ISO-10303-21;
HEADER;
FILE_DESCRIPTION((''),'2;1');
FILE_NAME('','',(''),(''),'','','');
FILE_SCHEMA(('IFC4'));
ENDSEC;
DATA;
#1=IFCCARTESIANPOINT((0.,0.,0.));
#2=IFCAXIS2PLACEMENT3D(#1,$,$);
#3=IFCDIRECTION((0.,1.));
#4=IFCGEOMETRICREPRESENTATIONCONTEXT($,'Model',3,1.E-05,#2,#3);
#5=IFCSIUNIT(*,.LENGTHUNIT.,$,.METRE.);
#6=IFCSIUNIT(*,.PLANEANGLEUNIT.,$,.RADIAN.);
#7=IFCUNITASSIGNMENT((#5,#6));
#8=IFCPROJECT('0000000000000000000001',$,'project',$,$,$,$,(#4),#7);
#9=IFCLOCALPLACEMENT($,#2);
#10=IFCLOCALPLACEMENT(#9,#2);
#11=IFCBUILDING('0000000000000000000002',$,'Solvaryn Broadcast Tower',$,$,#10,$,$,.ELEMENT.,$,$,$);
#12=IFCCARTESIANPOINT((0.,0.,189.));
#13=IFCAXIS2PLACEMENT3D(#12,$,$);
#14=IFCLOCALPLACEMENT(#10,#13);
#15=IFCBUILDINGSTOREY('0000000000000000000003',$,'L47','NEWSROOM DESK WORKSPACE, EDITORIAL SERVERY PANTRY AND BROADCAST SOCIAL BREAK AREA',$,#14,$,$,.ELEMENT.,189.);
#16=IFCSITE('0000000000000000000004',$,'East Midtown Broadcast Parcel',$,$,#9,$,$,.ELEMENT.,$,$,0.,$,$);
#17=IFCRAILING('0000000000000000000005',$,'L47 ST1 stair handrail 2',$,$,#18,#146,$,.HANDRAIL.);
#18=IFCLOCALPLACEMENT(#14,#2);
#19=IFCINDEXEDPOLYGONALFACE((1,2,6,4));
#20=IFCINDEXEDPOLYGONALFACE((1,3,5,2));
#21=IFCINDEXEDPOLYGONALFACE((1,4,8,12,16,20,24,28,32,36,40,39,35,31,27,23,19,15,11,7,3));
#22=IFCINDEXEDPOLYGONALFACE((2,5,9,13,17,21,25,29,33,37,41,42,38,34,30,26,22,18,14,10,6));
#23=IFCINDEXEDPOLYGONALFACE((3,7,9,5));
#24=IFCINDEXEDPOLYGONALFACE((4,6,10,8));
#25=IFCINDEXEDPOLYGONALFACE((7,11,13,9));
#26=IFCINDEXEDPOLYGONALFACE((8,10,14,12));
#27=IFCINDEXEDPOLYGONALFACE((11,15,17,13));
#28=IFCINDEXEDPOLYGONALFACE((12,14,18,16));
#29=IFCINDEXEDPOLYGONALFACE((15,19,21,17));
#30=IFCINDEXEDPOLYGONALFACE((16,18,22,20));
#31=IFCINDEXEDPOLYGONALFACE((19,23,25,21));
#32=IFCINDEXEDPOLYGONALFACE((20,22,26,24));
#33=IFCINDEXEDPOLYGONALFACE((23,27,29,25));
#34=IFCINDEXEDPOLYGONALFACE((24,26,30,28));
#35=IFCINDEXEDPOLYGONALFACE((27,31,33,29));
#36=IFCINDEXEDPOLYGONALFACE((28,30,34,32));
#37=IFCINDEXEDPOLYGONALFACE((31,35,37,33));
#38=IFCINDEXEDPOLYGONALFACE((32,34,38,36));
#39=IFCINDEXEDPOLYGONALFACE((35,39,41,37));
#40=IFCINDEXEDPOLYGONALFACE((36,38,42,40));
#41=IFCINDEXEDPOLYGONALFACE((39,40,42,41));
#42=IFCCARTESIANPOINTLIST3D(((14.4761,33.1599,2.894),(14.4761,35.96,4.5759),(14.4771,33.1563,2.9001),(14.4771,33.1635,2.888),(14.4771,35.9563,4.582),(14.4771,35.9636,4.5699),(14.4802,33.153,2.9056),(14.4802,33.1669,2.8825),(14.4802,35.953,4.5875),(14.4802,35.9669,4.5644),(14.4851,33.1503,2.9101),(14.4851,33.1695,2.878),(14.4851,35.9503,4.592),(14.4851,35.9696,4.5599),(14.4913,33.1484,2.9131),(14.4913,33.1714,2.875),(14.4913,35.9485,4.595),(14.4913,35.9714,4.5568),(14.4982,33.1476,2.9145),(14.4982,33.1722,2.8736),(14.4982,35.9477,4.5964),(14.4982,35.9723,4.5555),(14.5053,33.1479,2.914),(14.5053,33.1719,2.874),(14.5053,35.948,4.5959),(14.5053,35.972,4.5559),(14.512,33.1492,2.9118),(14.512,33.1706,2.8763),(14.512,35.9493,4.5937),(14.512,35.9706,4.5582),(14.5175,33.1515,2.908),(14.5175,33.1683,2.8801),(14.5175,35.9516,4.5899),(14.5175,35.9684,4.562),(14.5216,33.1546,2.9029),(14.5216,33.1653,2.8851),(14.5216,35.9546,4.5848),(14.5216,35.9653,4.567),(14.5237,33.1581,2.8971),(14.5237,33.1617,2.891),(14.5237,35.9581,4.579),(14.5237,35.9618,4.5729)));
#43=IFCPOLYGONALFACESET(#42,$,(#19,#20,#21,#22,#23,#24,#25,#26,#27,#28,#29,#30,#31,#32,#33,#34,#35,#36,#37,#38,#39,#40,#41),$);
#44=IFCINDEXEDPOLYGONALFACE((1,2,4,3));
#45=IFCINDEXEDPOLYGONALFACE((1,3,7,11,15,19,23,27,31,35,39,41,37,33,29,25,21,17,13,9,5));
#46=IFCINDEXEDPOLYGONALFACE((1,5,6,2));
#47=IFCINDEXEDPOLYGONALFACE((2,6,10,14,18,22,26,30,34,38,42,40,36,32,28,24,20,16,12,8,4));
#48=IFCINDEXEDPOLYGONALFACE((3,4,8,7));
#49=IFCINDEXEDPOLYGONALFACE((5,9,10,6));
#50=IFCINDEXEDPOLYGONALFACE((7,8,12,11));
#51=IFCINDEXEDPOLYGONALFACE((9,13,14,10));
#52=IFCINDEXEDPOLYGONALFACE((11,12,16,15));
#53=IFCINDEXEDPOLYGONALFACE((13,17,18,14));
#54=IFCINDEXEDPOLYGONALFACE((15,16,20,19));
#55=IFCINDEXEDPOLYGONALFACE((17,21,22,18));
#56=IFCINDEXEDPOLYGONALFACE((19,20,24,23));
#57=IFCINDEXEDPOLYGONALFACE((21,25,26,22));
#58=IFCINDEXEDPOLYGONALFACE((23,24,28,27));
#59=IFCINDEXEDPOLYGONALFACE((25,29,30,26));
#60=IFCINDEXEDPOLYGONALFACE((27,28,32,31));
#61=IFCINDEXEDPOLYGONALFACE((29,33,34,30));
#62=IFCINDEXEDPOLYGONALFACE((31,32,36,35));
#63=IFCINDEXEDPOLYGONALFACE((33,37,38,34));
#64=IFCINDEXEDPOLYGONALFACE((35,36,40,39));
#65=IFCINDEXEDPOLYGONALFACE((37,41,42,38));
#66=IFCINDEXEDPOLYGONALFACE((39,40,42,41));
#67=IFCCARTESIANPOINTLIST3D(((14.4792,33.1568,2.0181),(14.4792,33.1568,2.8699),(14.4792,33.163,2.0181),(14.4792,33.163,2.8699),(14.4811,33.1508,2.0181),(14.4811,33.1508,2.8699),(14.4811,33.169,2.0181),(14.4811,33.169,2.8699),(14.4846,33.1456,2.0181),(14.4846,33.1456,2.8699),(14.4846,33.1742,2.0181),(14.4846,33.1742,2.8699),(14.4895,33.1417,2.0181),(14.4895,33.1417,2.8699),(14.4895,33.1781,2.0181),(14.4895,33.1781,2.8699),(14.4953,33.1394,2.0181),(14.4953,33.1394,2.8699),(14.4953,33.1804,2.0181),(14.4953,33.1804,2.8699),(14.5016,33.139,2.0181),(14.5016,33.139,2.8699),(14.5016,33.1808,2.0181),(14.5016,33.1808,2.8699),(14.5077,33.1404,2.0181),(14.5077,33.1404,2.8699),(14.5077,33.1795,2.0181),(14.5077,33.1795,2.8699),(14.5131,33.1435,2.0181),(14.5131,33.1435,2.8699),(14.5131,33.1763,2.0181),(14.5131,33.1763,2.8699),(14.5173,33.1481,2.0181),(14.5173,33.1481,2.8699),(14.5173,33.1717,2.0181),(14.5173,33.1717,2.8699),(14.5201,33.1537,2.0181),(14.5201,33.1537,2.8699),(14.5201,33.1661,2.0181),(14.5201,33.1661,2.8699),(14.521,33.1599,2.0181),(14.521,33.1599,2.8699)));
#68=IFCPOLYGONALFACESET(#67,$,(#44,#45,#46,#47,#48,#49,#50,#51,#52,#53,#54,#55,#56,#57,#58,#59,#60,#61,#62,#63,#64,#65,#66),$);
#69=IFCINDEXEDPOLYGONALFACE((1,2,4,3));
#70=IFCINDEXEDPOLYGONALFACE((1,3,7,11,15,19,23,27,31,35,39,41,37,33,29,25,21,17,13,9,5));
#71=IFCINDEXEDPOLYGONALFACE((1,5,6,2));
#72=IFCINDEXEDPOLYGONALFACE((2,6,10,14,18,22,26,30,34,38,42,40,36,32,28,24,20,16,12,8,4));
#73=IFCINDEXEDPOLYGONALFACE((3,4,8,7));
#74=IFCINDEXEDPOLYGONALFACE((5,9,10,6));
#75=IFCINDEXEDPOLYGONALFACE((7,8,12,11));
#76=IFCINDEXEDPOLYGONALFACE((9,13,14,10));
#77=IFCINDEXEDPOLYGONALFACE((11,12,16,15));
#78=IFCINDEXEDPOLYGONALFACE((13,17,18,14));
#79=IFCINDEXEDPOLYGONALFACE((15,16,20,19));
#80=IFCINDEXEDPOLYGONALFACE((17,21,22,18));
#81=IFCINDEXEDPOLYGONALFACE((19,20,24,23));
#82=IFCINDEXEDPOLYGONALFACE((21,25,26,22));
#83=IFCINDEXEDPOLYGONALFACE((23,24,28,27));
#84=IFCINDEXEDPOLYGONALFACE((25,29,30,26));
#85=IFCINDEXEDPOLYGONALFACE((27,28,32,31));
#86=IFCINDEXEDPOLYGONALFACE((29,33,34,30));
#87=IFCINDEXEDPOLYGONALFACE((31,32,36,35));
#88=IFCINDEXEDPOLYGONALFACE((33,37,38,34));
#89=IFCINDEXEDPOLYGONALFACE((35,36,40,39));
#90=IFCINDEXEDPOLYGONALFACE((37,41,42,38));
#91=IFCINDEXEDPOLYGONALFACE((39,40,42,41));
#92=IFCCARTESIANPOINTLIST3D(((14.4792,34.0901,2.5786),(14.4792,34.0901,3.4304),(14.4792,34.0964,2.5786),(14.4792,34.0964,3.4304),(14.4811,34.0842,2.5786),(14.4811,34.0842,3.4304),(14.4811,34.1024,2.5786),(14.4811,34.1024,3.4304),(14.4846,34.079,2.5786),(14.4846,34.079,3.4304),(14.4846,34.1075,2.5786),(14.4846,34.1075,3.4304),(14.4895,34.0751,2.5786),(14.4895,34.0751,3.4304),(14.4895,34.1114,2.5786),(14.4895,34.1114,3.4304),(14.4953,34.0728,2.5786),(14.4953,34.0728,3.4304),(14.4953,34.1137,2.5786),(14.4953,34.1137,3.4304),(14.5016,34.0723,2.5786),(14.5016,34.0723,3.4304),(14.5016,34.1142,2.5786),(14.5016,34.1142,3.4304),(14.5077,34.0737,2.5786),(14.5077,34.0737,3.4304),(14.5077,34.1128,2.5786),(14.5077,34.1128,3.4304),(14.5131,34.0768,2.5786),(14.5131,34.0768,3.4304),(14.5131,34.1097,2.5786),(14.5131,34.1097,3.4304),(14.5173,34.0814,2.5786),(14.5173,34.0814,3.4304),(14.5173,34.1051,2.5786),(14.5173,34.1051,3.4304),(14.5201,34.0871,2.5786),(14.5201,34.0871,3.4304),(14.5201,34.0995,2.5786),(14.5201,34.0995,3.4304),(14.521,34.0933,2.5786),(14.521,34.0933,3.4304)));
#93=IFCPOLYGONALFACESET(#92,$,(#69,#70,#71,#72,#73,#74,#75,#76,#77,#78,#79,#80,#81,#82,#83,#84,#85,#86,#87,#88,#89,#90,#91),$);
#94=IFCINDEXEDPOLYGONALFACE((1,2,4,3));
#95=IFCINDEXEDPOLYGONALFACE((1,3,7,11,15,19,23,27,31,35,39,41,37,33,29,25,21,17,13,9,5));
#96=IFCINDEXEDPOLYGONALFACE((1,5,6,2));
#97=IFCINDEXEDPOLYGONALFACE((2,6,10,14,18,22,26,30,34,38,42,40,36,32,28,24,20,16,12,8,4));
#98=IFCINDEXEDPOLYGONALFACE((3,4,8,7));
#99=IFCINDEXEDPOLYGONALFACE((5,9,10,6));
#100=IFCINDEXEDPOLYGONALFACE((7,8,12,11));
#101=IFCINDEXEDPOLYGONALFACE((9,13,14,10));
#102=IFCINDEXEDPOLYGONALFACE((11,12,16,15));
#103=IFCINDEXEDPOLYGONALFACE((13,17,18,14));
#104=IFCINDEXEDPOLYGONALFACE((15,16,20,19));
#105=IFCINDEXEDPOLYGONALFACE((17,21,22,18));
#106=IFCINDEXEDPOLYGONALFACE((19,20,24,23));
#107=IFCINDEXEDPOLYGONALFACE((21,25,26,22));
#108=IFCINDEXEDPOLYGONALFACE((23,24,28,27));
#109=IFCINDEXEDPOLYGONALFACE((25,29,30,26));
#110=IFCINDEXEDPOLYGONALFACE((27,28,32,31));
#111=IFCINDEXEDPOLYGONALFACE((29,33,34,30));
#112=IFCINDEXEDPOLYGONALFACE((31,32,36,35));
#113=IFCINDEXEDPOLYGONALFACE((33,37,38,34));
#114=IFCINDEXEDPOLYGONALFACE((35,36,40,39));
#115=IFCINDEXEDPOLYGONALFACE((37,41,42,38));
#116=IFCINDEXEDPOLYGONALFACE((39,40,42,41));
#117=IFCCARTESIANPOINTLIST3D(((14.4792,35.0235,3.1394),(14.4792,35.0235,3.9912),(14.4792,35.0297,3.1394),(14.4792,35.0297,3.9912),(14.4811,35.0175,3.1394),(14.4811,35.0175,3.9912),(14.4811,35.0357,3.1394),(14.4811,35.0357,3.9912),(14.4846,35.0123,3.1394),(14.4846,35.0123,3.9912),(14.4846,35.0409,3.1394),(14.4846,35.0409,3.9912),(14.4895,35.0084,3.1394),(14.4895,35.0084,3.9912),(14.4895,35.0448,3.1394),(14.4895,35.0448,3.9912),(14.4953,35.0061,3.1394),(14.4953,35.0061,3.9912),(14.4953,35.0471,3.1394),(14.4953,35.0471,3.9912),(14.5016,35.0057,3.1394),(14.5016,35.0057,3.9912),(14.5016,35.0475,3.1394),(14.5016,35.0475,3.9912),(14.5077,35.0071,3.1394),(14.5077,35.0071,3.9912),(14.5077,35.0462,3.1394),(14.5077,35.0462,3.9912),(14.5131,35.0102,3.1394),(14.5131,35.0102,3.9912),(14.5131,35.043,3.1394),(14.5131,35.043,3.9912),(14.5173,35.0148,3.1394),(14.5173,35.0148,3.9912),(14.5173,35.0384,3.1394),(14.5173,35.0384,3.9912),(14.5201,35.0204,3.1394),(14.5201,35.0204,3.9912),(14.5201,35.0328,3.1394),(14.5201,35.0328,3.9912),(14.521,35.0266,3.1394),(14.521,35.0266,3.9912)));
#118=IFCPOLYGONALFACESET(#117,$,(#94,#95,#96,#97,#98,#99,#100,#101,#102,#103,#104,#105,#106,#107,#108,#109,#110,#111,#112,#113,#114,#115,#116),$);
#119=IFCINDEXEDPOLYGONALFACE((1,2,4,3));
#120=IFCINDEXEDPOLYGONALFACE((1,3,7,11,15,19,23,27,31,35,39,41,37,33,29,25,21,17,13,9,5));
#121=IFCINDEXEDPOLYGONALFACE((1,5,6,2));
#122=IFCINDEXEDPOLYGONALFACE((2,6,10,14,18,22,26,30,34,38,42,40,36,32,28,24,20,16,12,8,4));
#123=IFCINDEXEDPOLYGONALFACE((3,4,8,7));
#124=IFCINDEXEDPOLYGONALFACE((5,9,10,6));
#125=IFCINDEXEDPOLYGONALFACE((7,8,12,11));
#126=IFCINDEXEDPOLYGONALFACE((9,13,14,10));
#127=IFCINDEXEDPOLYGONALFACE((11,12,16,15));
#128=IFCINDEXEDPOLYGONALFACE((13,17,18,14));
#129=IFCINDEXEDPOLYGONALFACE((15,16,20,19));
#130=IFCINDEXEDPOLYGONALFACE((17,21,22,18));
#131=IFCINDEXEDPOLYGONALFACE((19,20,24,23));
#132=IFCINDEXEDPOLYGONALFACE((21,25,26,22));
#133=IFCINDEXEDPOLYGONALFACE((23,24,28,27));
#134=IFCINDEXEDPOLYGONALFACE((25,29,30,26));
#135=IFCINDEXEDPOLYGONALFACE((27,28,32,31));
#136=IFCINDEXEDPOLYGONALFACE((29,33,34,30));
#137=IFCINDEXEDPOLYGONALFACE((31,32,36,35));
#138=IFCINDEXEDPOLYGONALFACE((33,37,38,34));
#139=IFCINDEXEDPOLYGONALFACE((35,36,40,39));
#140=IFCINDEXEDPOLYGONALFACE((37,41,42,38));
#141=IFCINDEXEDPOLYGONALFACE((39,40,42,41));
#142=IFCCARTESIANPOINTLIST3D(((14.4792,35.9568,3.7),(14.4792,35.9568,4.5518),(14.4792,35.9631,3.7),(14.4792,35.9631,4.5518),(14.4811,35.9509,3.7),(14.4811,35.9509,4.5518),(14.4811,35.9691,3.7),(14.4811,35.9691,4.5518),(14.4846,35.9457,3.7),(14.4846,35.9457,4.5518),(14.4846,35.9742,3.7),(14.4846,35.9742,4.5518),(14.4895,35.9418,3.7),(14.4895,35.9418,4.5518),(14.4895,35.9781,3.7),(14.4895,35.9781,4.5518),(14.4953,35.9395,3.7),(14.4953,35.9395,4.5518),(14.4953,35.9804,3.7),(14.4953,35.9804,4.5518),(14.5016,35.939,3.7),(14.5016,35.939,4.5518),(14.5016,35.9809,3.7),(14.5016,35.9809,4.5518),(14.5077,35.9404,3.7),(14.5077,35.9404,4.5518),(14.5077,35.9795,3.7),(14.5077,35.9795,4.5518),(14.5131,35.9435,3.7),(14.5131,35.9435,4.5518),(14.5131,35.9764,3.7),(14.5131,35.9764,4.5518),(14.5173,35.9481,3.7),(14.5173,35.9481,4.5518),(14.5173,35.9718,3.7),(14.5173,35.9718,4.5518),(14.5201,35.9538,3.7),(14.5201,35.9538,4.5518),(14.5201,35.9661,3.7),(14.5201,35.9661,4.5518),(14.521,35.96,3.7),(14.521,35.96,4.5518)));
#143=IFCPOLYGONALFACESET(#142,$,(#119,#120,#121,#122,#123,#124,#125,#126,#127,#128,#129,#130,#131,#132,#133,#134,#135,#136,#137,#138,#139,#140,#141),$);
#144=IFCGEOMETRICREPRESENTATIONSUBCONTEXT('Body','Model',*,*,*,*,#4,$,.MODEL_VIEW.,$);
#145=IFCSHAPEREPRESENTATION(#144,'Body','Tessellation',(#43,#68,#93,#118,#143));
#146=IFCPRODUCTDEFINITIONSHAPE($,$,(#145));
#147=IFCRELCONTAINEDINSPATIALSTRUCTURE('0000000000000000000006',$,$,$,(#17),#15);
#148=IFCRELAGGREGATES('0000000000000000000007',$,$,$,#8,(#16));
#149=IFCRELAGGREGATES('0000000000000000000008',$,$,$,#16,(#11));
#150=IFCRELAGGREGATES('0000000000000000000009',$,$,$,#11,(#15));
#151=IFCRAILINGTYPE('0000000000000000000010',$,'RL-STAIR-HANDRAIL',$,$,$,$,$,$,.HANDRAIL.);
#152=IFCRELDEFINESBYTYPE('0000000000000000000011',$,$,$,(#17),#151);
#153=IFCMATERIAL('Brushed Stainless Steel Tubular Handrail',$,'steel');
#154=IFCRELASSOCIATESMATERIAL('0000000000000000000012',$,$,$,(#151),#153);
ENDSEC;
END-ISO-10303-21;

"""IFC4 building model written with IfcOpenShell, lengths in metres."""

from ifc_helpers import new_model, si_unit, direction, frame, origin, origin_2d, place, context, subcontext, project, spatial, circle, extrude, material, type_object, element, save


model = new_model("IFC4")

# Units and contexts
model_context = context("Model", 3, precision=1e-05, world=origin(), true_north=direction((0.0, 1.0)))
body_context = subcontext(model_context, "Body", "Model", "MODEL_VIEW")
ifc_project = project(units=[si_unit("LENGTHUNIT", "METRE"), si_unit("PLANEANGLEUNIT", "RADIAN")], contexts=[model_context])

# Site, building, storey
site_placement = place(None, origin())
site = spatial("IfcSite", under=ifc_project, at=site_placement, Name="East Midtown Broadcast Parcel", CompositionType="ELEMENT", RefElevation=0.0)
building_placement = place(site_placement, origin())
building = spatial("IfcBuilding", under=site, at=building_placement, Name="Solvaryn Broadcast Tower", CompositionType="ELEMENT")
storey_placement = place(building_placement, frame((0.0, 0.0, 189.0)))
storey = spatial("IfcBuildingStorey", under=building, at=storey_placement, Name="L47", Description="NEWSROOM DESK WORKSPACE, EDITORIAL SERVERY PANTRY AND BROADCAST SOCIAL BREAK AREA", CompositionType="ELEMENT", Elevation=189.0)

# Railing
ifc_material_1 = material(Name="Brushed Stainless Steel Tubular Handrail", Category="steel")
railing_type_1 = type_object("IfcRailingType", Name="RL-STAIR-HANDRAIL", PredefinedType="HANDRAIL", material=ifc_material_1)
railing_1_placement = place(storey_placement, frame((14.5, 33.1599, 2.0181)))
element("IfcRailing", 1, at=railing_1_placement, inside=storey, type_object=railing_type_1, Name="L47 ST1 stair handrail 2", PredefinedType="HANDRAIL", context=body_context, shape_type="SweptSolid", body=[
    extrude(circle(Radius=0.0239, at=origin_2d()), frame((0.0, 0.0, 0.876), z_axis=(0.0, 0.857242, 0.514913), x_axis=(-1.0, 0.0, 0.0)), (0.0, 0.0, 1.0), 3.2664),
    extrude(circle(Radius=0.021, at=origin_2d()), origin(), (0.0, 0.0, 1.0), 0.8518),
    extrude(circle(Radius=0.021, at=origin_2d()), frame((0.0, 0.9333, 0.5605)), (0.0, 0.0, 1.0), 0.8518),
    extrude(circle(Radius=0.021, at=origin_2d()), frame((0.0, 1.8667, 1.1213)), (0.0, 0.0, 1.0), 0.8518),
    extrude(circle(Radius=0.021, at=origin_2d()), frame((0.0, 2.8, 1.6819)), (0.0, 0.0, 1.0), 0.8518),
])

save(model, "model.ifc")
